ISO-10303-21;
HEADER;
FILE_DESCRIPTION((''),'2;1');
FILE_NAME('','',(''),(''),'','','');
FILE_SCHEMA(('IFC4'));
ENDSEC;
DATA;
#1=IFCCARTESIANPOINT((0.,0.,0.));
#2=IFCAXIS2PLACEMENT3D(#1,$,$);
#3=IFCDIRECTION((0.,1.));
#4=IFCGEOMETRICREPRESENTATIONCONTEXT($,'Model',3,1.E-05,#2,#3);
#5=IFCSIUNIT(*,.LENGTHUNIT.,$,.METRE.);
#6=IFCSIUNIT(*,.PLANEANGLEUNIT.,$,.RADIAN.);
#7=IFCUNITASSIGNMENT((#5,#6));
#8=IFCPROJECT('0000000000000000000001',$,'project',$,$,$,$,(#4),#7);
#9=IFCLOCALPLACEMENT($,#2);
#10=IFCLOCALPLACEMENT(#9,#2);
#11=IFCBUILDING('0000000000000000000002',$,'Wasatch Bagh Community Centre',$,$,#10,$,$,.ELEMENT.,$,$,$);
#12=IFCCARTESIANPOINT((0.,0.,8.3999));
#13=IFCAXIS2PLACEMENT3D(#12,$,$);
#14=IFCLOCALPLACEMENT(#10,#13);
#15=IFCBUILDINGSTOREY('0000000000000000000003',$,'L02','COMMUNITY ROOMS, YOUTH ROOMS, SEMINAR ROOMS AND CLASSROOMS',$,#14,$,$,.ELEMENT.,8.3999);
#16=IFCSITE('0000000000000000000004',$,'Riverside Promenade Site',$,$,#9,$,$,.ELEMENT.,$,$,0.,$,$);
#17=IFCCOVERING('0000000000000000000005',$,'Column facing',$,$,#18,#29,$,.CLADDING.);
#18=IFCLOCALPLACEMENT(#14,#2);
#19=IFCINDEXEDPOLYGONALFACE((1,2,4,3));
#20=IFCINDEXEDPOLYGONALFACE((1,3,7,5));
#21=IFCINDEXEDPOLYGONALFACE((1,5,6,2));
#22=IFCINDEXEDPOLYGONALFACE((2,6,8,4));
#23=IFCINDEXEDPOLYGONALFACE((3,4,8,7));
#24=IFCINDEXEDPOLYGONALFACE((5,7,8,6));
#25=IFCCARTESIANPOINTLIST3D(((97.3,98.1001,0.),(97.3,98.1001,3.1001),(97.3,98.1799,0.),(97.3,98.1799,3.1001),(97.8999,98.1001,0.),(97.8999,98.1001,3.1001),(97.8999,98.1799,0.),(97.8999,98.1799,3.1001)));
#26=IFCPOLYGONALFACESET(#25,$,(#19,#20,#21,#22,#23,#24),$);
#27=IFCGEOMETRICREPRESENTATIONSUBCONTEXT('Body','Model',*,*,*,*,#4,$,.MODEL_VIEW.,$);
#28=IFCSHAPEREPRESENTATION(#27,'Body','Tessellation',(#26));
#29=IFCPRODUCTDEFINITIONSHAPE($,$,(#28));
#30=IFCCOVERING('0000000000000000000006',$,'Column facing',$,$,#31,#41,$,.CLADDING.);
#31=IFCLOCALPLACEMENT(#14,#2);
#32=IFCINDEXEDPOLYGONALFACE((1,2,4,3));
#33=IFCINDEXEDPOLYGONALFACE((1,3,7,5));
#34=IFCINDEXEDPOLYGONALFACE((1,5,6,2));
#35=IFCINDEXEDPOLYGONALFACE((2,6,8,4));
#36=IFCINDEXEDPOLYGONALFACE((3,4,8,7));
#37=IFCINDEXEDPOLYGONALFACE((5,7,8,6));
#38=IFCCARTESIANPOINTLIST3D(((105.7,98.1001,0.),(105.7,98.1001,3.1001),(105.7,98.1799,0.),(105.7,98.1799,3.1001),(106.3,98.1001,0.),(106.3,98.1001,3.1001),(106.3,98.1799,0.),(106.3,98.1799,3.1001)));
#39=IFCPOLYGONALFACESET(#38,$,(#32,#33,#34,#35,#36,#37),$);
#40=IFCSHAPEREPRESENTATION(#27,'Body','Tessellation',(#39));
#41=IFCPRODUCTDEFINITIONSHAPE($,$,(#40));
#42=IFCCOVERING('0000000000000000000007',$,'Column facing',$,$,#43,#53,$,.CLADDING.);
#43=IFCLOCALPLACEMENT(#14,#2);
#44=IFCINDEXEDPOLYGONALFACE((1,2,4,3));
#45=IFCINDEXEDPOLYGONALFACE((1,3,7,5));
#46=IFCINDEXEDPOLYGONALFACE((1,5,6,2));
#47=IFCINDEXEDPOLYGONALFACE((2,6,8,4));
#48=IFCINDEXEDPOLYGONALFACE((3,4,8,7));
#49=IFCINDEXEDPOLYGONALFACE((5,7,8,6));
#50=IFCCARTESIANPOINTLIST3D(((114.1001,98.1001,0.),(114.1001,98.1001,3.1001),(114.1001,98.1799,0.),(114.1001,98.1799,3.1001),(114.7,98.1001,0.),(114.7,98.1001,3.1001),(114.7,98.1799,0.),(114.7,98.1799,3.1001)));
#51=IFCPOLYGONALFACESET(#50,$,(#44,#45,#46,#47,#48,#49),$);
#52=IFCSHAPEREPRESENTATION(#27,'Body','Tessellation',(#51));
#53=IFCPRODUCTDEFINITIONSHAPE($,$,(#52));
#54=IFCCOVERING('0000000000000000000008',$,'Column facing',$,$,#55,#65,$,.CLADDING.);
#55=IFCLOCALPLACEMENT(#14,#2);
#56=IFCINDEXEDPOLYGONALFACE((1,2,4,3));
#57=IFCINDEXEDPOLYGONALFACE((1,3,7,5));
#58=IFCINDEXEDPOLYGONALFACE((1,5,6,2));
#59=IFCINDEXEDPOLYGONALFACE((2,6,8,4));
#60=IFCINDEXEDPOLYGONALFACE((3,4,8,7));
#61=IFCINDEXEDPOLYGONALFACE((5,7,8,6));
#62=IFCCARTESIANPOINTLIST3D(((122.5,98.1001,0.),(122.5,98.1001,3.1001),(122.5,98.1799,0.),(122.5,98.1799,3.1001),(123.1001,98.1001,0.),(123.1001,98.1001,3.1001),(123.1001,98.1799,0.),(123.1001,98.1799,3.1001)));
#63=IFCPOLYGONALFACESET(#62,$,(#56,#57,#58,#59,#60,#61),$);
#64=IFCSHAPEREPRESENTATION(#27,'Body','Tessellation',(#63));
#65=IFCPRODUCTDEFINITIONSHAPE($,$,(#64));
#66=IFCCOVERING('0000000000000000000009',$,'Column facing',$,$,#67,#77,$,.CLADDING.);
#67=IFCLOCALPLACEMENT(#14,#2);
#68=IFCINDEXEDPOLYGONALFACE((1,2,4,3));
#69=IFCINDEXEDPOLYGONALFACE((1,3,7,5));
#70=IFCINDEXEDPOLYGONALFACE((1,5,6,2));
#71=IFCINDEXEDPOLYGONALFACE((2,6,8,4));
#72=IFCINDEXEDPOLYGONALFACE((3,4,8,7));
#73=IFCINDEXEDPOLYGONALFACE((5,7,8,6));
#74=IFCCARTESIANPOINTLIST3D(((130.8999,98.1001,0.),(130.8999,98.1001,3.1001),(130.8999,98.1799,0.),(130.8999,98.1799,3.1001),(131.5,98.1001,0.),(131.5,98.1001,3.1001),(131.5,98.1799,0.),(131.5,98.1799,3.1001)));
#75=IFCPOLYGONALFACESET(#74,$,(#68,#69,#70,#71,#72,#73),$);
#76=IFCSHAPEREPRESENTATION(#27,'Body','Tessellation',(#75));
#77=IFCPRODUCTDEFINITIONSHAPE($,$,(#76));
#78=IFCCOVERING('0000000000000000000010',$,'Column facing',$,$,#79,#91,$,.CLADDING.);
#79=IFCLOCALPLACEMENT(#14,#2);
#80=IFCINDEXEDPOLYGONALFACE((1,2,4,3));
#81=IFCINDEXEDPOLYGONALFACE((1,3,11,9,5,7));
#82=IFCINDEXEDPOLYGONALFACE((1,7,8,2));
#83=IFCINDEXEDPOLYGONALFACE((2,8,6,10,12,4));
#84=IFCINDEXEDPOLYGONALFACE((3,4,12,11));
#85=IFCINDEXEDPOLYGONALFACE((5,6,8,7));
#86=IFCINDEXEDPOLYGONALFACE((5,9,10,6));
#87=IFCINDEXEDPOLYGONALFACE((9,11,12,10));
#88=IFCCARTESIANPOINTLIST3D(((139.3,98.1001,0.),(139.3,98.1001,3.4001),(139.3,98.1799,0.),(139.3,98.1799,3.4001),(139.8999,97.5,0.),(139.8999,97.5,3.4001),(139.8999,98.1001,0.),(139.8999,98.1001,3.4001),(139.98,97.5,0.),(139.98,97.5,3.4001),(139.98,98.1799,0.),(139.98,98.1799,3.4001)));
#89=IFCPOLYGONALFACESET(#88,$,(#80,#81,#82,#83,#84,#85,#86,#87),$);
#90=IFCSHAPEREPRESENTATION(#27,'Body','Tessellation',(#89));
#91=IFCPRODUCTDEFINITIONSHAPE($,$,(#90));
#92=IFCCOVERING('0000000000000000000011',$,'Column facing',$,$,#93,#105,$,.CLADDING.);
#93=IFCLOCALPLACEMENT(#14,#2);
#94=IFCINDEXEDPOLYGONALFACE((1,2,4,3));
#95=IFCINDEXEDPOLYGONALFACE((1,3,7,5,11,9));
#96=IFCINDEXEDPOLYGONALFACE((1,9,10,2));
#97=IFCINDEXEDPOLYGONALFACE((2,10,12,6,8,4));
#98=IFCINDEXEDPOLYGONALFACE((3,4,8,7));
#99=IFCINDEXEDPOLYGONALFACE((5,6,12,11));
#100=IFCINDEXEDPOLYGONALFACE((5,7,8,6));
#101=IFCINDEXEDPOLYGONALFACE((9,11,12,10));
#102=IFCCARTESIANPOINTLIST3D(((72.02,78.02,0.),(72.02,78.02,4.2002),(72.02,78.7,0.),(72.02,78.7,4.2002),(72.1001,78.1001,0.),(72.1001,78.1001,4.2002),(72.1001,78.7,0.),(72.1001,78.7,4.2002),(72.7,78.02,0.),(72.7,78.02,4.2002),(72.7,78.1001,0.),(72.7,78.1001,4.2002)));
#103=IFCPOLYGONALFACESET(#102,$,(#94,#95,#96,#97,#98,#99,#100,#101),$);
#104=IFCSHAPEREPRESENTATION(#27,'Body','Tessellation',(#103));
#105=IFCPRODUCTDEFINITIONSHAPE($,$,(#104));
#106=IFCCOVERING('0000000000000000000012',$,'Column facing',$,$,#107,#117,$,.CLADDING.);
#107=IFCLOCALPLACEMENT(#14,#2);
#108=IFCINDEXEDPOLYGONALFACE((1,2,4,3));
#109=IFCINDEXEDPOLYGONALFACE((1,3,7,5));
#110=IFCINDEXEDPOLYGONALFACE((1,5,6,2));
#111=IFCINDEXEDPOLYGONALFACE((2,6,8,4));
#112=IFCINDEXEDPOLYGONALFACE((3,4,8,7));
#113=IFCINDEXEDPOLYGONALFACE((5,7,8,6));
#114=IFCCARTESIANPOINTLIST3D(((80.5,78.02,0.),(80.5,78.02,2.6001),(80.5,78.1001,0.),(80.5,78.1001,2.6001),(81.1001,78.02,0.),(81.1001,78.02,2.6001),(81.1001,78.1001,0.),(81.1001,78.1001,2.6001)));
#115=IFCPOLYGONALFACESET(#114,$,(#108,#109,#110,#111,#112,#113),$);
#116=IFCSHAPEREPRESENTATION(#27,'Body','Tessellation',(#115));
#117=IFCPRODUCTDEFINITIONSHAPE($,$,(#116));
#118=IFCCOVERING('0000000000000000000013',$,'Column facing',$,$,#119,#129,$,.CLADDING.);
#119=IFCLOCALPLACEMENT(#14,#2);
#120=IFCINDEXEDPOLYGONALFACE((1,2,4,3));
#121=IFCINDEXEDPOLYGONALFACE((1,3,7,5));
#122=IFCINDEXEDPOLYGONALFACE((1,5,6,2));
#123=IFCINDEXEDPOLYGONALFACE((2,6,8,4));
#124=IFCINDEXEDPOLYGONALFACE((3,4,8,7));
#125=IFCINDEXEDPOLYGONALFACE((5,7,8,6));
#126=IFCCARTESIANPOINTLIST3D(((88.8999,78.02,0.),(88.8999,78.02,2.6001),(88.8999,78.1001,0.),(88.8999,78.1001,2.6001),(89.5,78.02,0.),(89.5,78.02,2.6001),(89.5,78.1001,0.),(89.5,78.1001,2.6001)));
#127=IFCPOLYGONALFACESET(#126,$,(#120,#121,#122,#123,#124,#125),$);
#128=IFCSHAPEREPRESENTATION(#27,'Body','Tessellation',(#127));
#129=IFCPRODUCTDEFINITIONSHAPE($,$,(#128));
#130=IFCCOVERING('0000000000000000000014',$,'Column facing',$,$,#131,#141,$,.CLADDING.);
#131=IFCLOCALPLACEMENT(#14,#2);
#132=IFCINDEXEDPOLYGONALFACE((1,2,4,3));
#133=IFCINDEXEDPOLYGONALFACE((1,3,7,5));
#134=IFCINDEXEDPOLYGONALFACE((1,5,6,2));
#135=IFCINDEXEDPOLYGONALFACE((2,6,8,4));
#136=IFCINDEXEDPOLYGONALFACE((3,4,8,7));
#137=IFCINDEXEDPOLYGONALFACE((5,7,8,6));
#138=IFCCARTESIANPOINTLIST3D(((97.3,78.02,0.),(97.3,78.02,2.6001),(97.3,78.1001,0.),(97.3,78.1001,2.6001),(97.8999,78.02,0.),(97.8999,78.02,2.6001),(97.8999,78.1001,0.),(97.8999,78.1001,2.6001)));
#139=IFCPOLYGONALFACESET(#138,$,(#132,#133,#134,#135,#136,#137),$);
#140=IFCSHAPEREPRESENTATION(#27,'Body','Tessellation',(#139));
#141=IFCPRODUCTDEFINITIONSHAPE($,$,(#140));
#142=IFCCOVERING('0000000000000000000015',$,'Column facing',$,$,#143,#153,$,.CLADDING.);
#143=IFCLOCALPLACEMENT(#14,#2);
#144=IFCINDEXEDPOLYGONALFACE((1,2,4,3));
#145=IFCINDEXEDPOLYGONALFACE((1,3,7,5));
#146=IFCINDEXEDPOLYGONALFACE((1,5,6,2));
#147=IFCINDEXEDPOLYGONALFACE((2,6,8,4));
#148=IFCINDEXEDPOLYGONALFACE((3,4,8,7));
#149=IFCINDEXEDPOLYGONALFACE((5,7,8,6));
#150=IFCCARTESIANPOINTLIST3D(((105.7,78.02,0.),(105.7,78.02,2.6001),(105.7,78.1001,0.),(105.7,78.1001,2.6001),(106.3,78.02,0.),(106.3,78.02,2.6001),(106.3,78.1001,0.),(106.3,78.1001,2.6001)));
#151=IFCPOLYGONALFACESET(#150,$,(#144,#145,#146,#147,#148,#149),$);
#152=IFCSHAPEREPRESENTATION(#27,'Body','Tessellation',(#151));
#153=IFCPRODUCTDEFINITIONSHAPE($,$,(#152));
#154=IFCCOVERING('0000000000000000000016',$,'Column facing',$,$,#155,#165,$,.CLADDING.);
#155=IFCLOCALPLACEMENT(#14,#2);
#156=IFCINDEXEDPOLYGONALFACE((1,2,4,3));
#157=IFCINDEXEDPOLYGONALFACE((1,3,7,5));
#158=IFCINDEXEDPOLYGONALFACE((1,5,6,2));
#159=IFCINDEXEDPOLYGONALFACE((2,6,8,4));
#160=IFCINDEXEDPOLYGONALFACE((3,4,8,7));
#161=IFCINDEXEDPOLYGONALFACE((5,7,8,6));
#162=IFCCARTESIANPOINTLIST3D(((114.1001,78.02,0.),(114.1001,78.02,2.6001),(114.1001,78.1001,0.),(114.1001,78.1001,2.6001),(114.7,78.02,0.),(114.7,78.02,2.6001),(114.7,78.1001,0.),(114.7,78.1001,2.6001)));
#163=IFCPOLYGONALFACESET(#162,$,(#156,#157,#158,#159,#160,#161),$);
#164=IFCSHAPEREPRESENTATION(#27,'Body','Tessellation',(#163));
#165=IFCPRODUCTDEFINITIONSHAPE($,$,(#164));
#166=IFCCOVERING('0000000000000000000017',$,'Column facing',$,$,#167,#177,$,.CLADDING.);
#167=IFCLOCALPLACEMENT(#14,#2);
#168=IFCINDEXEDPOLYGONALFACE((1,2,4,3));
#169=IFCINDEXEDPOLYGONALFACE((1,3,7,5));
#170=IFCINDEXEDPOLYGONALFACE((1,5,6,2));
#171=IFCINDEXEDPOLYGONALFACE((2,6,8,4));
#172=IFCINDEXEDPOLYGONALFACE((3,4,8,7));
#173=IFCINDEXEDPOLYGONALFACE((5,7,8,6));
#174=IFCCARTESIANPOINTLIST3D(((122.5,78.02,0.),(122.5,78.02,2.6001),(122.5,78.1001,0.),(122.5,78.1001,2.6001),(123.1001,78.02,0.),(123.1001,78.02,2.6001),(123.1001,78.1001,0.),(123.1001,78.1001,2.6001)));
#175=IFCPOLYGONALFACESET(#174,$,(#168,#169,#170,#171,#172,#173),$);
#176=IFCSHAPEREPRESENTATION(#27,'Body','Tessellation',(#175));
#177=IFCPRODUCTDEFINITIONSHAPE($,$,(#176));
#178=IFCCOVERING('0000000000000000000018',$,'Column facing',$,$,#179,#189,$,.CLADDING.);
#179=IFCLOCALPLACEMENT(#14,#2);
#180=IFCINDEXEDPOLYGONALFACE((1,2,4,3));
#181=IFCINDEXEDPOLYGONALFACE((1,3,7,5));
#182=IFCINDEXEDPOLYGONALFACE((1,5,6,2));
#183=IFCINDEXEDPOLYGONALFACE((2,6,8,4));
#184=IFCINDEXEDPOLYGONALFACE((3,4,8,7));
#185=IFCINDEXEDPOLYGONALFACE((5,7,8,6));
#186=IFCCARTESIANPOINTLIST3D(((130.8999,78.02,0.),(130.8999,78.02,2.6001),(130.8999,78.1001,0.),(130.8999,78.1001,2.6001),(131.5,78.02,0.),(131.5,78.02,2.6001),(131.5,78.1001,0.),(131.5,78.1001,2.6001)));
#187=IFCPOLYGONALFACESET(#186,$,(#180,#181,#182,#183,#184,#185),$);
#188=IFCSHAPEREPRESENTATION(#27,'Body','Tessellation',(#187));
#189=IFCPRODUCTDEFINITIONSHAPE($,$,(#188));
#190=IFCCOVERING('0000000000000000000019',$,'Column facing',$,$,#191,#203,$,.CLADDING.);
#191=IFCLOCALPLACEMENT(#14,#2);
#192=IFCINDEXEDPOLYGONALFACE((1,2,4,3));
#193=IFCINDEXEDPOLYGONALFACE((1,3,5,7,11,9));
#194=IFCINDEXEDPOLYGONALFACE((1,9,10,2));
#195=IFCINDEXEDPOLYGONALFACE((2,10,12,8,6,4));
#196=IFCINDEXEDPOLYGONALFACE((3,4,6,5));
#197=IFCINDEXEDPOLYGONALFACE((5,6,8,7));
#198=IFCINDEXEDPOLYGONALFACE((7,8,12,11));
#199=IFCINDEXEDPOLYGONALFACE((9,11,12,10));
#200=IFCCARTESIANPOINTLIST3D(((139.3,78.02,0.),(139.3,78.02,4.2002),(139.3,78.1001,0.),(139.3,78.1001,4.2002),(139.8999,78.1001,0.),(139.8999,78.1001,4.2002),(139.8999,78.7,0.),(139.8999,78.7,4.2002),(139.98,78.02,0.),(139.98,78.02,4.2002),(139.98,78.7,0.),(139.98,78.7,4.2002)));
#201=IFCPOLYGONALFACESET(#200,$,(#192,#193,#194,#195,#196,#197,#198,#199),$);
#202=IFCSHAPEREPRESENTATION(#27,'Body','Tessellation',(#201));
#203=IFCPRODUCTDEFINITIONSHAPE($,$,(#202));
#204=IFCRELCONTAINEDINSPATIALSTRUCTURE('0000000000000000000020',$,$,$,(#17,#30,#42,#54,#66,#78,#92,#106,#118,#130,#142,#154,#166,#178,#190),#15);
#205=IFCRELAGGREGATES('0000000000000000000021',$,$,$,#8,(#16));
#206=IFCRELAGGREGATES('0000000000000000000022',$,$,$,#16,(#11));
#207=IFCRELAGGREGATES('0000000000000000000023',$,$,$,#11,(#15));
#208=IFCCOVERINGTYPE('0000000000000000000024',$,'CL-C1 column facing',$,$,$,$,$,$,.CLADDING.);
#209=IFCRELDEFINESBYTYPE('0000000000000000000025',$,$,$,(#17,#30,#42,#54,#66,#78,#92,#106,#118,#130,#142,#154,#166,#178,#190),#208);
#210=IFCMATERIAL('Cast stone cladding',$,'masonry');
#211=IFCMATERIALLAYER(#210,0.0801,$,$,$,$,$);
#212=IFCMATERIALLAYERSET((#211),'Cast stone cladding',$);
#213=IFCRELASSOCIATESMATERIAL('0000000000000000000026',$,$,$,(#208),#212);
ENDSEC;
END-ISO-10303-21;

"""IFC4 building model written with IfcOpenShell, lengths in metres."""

from ifc_helpers import new_model, si_unit, direction, frame, origin, place, context, subcontext, project, spatial, polyline, outline, extrude, material, layer, layer_set, type_object, element, save


model = new_model("IFC4")

# Units and contexts
model_context = context("Model", 3, precision=1e-05, world=origin(), true_north=direction((0.0, 1.0)))
body_context = subcontext(model_context, "Body", "Model", "MODEL_VIEW")
ifc_project = project(units=[si_unit("LENGTHUNIT", "METRE"), si_unit("PLANEANGLEUNIT", "RADIAN")], contexts=[model_context])

# Site, building, storey
site_placement = place(None, origin())
site = spatial("IfcSite", under=ifc_project, at=site_placement, Name="Riverside Promenade Site", CompositionType="ELEMENT", RefElevation=0.0)
building_placement = place(site_placement, origin())
building = spatial("IfcBuilding", under=site, at=building_placement, Name="Wasatch Bagh Community Centre", CompositionType="ELEMENT")
storey_placement = place(building_placement, frame((0.0, 0.0, 8.3999)))
storey = spatial("IfcBuildingStorey", under=building, at=storey_placement, Name="L02", Description="COMMUNITY ROOMS, YOUTH ROOMS, SEMINAR ROOMS AND CLASSROOMS", CompositionType="ELEMENT", Elevation=8.3999)

# Coverings
ifc_material = material(Name="Cast stone cladding", Category="masonry")
ifc_layer = layer(ifc_material, 0.0801)
ifc_layer_set = layer_set([ifc_layer], Name="Cast stone cladding")
covering_type = type_object("IfcCoveringType", Name="CL-C1 column facing", PredefinedType="CLADDING", material=ifc_layer_set)
covering_1_placement = place(storey_placement, origin())
element("IfcCovering", 1, at=covering_1_placement, inside=storey, type_object=covering_type, Name="Column facing", PredefinedType="CLADDING", context=body_context, shape_type="SweptSolid", body=[
    extrude(outline(polyline([(97.8999, 98.1001), (97.3, 98.1001), (97.3, 98.1799), (97.8999, 98.1799), (97.8999, 98.1001)])), origin(), (0.0, 0.0, 1.0), 3.1001),
])
covering_2_placement = place(storey_placement, origin())
element("IfcCovering", 2, at=covering_2_placement, inside=storey, type_object=covering_type, Name="Column facing", PredefinedType="CLADDING", context=body_context, shape_type="SweptSolid", body=[
    extrude(outline(polyline([(106.3, 98.1001), (105.7, 98.1001), (105.7, 98.1799), (106.3, 98.1799), (106.3, 98.1001)])), origin(), (0.0, 0.0, 1.0), 3.1001),
])
covering_3_placement = place(storey_placement, origin())
element("IfcCovering", 3, at=covering_3_placement, inside=storey, type_object=covering_type, Name="Column facing", PredefinedType="CLADDING", context=body_context, shape_type="SweptSolid", body=[
    extrude(outline(polyline([(114.7, 98.1001), (114.1001, 98.1001), (114.1001, 98.1799), (114.7, 98.1799), (114.7, 98.1001)])), origin(), (0.0, 0.0, 1.0), 3.1001),
])
covering_4_placement = place(storey_placement, origin())
element("IfcCovering", 4, at=covering_4_placement, inside=storey, type_object=covering_type, Name="Column facing", PredefinedType="CLADDING", context=body_context, shape_type="SweptSolid", body=[
    extrude(outline(polyline([(123.1001, 98.1001), (122.5, 98.1001), (122.5, 98.1799), (123.1001, 98.1799), (123.1001, 98.1001)])), origin(), (0.0, 0.0, 1.0), 3.1001),
])
covering_5_placement = place(storey_placement, origin())
element("IfcCovering", 5, at=covering_5_placement, inside=storey, type_object=covering_type, Name="Column facing", PredefinedType="CLADDING", context=body_context, shape_type="SweptSolid", body=[
    extrude(outline(polyline([(131.5, 98.1001), (130.8999, 98.1001), (130.8999, 98.1799), (131.5, 98.1799), (131.5, 98.1001)])), origin(), (0.0, 0.0, 1.0), 3.1001),
])
covering_6_placement = place(storey_placement, origin())
element("IfcCovering", 6, at=covering_6_placement, inside=storey, type_object=covering_type, Name="Column facing", PredefinedType="CLADDING", context=body_context, shape_type="SweptSolid", body=[
    extrude(outline(polyline([(139.8999, 98.1001), (139.3, 98.1001), (139.3, 98.1799), (139.98, 98.1799), (139.98, 97.5), (139.8999, 97.5), (139.8999, 98.1001)])), origin(), (0.0, 0.0, 1.0), 3.4001),
])
covering_7_placement = place(storey_placement, origin())
element("IfcCovering", 7, at=covering_7_placement, inside=storey, type_object=covering_type, Name="Column facing", PredefinedType="CLADDING", context=body_context, shape_type="SweptSolid", body=[
    extrude(outline(polyline([(72.02, 78.02), (72.02, 78.7), (72.1001, 78.7), (72.1001, 78.1001), (72.7, 78.1001), (72.7, 78.02), (72.02, 78.02)])), origin(), (0.0, 0.0, 1.0), 4.2002),
])
covering_8_placement = place(storey_placement, origin())
element("IfcCovering", 8, at=covering_8_placement, inside=storey, type_object=covering_type, Name="Column facing", PredefinedType="CLADDING", context=body_context, shape_type="SweptSolid", body=[
    extrude(outline(polyline([(80.5, 78.1001), (81.1001, 78.1001), (81.1001, 78.02), (80.5, 78.02), (80.5, 78.1001)])), origin(), (0.0, 0.0, 1.0), 2.6001),
])
covering_9_placement = place(storey_placement, origin())
element("IfcCovering", 9, at=covering_9_placement, inside=storey, type_object=covering_type, Name="Column facing", PredefinedType="CLADDING", context=body_context, shape_type="SweptSolid", body=[
    extrude(outline(polyline([(88.8999, 78.1001), (89.5, 78.1001), (89.5, 78.02), (88.8999, 78.02), (88.8999, 78.1001)])), origin(), (0.0, 0.0, 1.0), 2.6001),
])
covering_10_placement = place(storey_placement, origin())
element("IfcCovering", 10, at=covering_10_placement, inside=storey, type_object=covering_type, Name="Column facing", PredefinedType="CLADDING", context=body_context, shape_type="SweptSolid", body=[
    extrude(outline(polyline([(97.3, 78.1001), (97.8999, 78.1001), (97.8999, 78.02), (97.3, 78.02), (97.3, 78.1001)])), origin(), (0.0, 0.0, 1.0), 2.6001),
])
covering_11_placement = place(storey_placement, origin())
element("IfcCovering", 11, at=covering_11_placement, inside=storey, type_object=covering_type, Name="Column facing", PredefinedType="CLADDING", context=body_context, shape_type="SweptSolid", body=[
    extrude(outline(polyline([(105.7, 78.1001), (106.3, 78.1001), (106.3, 78.02), (105.7, 78.02), (105.7, 78.1001)])), origin(), (0.0, 0.0, 1.0), 2.6001),
])
covering_12_placement = place(storey_placement, origin())
element("IfcCovering", 12, at=covering_12_placement, inside=storey, type_object=covering_type, Name="Column facing", PredefinedType="CLADDING", context=body_context, shape_type="SweptSolid", body=[
    extrude(outline(polyline([(114.1001, 78.1001), (114.7, 78.1001), (114.7, 78.02), (114.1001, 78.02), (114.1001, 78.1001)])), origin(), (0.0, 0.0, 1.0), 2.6001),
])
covering_13_placement = place(storey_placement, origin())
element("IfcCovering", 13, at=covering_13_placement, inside=storey, type_object=covering_type, Name="Column facing", PredefinedType="CLADDING", context=body_context, shape_type="SweptSolid", body=[
    extrude(outline(polyline([(122.5, 78.1001), (123.1001, 78.1001), (123.1001, 78.02), (122.5, 78.02), (122.5, 78.1001)])), origin(), (0.0, 0.0, 1.0), 2.6001),
])
covering_14_placement = place(storey_placement, origin())
element("IfcCovering", 14, at=covering_14_placement, inside=storey, type_object=covering_type, Name="Column facing", PredefinedType="CLADDING", context=body_context, shape_type="SweptSolid", body=[
    extrude(outline(polyline([(130.8999, 78.1001), (131.5, 78.1001), (131.5, 78.02), (130.8999, 78.02), (130.8999, 78.1001)])), origin(), (0.0, 0.0, 1.0), 2.6001),
])
covering_15_placement = place(storey_placement, origin())
element("IfcCovering", 15, at=covering_15_placement, inside=storey, type_object=covering_type, Name="Column facing", PredefinedType="CLADDING", context=body_context, shape_type="SweptSolid", body=[
    extrude(outline(polyline([(139.8999, 78.1001), (139.8999, 78.7), (139.98, 78.7), (139.98, 78.02), (139.3, 78.02), (139.3, 78.1001), (139.8999, 78.1001)])), origin(), (0.0, 0.0, 1.0), 4.2002),
])

save(model, "model.ifc")
